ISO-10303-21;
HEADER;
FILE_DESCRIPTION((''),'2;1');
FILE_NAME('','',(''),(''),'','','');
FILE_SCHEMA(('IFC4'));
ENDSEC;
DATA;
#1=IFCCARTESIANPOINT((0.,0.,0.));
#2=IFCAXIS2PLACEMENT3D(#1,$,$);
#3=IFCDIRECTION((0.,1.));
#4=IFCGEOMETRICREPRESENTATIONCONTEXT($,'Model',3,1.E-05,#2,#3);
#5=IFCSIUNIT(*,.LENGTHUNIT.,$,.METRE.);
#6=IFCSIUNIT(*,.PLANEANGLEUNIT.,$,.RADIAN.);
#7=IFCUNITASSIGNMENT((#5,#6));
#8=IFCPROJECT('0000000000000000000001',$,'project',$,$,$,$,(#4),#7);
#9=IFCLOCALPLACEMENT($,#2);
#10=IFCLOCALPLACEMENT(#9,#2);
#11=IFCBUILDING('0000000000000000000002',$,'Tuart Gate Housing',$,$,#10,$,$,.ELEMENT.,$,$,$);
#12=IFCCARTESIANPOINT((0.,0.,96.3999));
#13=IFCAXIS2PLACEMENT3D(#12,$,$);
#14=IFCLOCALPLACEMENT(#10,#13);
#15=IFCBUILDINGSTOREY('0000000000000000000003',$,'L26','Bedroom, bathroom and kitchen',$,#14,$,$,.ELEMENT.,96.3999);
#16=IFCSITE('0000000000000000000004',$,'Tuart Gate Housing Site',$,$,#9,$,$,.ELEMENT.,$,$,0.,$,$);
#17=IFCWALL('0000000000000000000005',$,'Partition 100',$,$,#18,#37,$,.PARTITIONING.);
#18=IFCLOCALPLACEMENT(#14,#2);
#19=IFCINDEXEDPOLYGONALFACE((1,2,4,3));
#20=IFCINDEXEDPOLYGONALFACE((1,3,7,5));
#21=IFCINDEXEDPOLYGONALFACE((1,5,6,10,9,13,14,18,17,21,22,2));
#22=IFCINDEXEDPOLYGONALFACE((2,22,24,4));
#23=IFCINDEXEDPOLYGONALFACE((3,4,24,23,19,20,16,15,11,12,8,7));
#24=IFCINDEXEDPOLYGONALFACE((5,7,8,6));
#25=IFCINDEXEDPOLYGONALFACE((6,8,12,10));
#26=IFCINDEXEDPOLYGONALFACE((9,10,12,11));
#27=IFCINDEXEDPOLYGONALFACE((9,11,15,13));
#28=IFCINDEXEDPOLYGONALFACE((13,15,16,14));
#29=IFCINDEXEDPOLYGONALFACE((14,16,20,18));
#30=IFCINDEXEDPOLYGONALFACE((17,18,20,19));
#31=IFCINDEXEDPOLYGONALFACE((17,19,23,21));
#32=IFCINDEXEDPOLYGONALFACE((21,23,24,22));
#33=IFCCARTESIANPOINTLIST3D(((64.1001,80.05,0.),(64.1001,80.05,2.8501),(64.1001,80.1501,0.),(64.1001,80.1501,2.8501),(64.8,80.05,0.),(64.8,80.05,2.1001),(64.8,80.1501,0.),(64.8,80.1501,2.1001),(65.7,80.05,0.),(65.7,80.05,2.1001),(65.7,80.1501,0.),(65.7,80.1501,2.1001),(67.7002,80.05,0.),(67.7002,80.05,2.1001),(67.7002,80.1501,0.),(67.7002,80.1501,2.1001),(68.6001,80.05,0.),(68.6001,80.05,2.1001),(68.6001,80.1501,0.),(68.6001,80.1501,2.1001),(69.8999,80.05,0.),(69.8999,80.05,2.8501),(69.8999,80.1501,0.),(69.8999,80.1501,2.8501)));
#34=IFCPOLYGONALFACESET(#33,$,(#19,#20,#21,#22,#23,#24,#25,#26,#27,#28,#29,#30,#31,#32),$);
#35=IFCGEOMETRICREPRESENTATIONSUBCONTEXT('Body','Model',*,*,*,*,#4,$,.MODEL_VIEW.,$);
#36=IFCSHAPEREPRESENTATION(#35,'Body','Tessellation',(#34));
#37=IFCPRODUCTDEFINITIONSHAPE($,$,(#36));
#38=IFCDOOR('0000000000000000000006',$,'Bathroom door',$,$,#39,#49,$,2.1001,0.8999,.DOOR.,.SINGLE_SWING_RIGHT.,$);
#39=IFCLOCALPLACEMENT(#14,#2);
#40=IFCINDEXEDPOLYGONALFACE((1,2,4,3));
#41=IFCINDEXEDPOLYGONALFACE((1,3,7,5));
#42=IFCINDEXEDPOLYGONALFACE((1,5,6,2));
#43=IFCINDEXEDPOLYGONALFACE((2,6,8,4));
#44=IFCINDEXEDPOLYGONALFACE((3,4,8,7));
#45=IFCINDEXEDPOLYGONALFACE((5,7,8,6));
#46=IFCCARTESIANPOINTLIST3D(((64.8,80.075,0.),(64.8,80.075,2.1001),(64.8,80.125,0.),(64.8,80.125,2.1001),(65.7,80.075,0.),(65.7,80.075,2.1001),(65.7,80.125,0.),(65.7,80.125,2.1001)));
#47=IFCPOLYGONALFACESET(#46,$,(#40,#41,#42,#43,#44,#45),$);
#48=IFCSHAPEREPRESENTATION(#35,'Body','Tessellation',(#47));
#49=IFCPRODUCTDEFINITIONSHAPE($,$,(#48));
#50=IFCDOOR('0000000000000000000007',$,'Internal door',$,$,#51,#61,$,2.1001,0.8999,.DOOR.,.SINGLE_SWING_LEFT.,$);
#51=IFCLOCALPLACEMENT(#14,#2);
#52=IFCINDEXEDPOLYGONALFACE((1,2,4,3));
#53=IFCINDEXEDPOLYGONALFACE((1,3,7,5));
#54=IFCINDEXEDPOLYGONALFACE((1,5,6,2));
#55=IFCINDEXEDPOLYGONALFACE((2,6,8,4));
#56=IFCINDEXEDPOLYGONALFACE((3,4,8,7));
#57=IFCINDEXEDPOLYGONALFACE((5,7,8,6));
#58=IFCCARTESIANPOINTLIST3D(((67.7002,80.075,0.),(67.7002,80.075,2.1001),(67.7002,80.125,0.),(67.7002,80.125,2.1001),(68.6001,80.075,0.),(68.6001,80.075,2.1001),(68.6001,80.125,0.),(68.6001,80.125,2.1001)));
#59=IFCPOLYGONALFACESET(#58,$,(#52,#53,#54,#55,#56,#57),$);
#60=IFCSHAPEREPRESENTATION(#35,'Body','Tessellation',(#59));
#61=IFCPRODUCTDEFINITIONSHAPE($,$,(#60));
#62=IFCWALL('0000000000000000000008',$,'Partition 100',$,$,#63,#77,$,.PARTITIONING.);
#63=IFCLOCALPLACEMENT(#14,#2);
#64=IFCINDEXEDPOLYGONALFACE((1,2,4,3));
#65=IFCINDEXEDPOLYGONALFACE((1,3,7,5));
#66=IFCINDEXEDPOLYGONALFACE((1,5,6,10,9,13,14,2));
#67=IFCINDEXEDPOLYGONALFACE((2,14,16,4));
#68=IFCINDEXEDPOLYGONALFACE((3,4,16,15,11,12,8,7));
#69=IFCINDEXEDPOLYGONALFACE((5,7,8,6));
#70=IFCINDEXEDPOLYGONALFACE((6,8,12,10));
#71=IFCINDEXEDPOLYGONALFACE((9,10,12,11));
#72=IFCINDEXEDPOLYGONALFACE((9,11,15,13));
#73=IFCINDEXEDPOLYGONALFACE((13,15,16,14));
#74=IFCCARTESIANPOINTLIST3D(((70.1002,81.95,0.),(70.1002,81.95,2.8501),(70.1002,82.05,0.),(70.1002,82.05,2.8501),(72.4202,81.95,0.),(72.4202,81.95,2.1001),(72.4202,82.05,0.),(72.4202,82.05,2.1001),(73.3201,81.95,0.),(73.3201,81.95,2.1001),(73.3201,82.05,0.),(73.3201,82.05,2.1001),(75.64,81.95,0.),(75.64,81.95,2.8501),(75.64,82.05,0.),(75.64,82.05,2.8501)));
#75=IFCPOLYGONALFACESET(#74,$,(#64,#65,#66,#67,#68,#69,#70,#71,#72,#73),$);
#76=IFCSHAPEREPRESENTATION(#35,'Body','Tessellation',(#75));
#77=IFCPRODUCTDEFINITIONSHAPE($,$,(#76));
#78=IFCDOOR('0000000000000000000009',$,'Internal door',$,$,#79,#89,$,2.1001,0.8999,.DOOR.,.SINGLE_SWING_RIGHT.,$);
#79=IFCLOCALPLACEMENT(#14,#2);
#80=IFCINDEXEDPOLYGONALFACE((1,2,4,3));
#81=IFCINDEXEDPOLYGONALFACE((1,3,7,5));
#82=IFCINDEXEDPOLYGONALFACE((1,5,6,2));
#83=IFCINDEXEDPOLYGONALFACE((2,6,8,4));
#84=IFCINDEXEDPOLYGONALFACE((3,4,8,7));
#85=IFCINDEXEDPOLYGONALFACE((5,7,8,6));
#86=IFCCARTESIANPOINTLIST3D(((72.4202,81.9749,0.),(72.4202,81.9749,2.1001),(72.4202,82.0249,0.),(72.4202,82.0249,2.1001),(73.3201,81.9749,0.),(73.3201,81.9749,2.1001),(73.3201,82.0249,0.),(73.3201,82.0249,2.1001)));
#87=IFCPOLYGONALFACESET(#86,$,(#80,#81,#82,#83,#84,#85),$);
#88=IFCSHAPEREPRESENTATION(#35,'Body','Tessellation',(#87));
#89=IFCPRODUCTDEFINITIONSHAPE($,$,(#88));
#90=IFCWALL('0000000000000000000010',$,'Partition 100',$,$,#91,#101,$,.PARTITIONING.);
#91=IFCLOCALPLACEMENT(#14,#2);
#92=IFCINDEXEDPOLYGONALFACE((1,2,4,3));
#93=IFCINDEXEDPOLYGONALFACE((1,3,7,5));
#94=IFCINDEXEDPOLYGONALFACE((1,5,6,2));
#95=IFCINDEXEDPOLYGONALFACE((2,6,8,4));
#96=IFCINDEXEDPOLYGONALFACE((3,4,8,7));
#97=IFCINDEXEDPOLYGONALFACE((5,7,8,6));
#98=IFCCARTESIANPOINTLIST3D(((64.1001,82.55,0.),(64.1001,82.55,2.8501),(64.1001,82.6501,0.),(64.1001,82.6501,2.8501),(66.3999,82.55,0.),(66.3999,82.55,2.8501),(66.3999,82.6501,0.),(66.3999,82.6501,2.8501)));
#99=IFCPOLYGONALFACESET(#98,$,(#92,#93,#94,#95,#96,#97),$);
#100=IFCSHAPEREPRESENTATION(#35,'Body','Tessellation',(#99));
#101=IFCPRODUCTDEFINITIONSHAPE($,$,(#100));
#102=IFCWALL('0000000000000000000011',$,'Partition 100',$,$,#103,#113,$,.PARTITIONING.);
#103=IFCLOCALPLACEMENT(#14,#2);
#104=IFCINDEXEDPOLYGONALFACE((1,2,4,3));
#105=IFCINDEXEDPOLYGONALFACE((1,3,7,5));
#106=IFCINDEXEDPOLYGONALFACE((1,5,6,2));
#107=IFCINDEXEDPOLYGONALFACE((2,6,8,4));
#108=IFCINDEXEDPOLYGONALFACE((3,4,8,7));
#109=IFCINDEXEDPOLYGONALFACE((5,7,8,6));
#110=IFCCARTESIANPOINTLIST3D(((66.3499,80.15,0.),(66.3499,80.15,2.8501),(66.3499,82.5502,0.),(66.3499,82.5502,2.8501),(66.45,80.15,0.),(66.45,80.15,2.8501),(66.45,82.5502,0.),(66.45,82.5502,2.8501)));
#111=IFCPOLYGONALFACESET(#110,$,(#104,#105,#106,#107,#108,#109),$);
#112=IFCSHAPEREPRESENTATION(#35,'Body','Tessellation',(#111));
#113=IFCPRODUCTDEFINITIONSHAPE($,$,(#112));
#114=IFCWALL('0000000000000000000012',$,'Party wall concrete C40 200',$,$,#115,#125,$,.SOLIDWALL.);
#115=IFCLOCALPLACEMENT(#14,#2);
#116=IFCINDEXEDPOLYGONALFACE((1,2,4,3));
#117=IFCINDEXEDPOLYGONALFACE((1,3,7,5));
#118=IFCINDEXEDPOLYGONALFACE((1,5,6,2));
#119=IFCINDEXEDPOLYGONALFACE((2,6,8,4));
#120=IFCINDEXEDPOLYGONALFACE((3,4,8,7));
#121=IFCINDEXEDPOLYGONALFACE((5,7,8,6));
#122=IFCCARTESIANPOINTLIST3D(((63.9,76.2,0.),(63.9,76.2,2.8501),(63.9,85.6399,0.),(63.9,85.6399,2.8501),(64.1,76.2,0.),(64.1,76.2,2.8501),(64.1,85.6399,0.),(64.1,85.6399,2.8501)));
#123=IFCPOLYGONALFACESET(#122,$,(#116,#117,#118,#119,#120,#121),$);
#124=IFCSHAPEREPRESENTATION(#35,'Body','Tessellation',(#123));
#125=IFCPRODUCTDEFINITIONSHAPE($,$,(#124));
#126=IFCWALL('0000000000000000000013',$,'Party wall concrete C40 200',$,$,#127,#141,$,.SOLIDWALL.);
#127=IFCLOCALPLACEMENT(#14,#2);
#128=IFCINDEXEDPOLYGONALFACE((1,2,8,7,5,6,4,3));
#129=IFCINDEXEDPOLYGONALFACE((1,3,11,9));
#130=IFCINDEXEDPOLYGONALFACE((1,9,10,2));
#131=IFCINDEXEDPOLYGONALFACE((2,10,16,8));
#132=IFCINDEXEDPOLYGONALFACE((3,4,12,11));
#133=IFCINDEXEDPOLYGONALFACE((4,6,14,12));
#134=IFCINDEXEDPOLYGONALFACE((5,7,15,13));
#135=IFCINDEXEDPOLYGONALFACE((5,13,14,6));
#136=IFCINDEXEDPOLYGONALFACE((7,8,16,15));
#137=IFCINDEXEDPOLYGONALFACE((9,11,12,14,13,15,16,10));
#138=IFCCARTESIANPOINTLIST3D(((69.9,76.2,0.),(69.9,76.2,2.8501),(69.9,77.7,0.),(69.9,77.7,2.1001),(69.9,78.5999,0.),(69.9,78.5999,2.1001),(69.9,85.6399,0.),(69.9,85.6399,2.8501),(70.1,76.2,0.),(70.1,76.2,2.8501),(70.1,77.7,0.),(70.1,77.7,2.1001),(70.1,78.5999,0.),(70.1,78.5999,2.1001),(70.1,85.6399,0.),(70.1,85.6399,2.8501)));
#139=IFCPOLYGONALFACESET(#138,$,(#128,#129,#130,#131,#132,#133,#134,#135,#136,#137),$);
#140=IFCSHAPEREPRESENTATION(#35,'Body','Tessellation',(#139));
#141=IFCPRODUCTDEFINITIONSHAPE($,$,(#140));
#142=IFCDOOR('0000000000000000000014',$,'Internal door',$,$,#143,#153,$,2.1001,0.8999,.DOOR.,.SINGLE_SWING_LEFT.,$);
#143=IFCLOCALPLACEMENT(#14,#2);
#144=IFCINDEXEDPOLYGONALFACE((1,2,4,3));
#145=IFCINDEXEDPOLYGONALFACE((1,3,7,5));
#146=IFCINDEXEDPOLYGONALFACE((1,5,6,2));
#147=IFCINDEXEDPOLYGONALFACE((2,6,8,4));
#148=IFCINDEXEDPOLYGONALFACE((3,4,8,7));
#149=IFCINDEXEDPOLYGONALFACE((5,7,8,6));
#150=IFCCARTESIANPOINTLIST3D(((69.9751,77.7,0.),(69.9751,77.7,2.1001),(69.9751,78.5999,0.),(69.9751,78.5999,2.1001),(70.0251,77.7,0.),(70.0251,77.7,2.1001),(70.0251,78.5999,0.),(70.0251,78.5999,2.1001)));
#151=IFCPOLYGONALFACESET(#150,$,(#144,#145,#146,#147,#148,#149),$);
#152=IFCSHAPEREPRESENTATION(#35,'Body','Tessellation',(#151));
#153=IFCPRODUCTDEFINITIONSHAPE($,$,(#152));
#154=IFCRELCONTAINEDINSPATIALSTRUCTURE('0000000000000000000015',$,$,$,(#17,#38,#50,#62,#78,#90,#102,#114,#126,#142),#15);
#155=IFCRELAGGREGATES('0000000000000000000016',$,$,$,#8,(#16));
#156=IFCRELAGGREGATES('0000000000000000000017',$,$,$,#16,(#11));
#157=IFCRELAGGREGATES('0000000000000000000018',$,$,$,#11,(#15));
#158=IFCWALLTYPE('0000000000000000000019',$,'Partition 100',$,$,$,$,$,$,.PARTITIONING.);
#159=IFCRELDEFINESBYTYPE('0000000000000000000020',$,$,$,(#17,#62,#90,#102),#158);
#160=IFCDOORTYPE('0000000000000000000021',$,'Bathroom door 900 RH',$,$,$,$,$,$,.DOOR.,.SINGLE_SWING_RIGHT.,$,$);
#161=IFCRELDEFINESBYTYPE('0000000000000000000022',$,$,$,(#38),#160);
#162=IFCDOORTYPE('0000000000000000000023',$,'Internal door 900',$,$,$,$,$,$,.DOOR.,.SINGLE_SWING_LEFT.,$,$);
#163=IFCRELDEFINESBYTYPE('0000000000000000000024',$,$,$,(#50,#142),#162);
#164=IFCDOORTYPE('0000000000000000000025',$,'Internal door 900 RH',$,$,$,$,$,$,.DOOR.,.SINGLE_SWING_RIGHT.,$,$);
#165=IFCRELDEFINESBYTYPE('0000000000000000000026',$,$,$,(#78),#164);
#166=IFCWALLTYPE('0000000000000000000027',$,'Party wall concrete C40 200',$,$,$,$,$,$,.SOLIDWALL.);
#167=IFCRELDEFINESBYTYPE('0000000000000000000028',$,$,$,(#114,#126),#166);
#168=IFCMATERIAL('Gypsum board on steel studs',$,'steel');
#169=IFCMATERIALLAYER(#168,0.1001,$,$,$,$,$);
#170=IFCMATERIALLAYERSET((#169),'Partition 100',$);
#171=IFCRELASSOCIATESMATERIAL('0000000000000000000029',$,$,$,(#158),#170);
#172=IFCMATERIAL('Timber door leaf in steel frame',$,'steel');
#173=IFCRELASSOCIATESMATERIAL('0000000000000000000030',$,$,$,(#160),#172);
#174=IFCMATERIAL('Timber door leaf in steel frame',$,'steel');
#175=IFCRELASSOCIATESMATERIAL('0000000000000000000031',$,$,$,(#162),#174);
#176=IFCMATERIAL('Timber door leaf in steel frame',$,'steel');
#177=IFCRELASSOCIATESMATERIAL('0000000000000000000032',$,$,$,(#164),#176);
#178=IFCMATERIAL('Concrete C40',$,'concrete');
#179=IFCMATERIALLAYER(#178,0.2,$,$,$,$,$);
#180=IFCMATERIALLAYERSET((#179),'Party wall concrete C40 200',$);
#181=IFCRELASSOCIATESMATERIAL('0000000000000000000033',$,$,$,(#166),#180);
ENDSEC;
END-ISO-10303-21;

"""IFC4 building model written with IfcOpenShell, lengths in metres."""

from ifc_helpers import new_model, si_unit, direction, frame, frame_2d, origin, place, context, subcontext, project, spatial, rectangle, extrude, material, layer, layer_set, type_object, element, fill, save


model = new_model("IFC4")

# Units and contexts
model_context = context("Model", 3, precision=1e-05, world=origin(), true_north=direction((0.0, 1.0)))
body_context = subcontext(model_context, "Body", "Model", "MODEL_VIEW")
ifc_project = project(units=[si_unit("LENGTHUNIT", "METRE"), si_unit("PLANEANGLEUNIT", "RADIAN")], contexts=[model_context])

# Site, building, storey
site_placement = place(None, origin())
site = spatial("IfcSite", under=ifc_project, at=site_placement, Name="Tuart Gate Housing Site", CompositionType="ELEMENT", RefElevation=0.0)
building_placement = place(site_placement, origin())
building = spatial("IfcBuilding", under=site, at=building_placement, Name="Tuart Gate Housing", CompositionType="ELEMENT")
storey_placement = place(building_placement, frame((0.0, 0.0, 96.3999)))
storey = spatial("IfcBuildingStorey", under=building, at=storey_placement, Name="L26", Description="Bedroom, bathroom and kitchen", CompositionType="ELEMENT", Elevation=96.3999)

# Wall, openings, doors
ifc_material_1 = material(Name="Gypsum board on steel studs", Category="steel")
ifc_layer_1 = layer(ifc_material_1, 0.1001)
ifc_layer_set_1 = layer_set([ifc_layer_1], Name="Partition 100")
wall_type_1 = type_object("IfcWallType", Name="Partition 100", PredefinedType="PARTITIONING", material=ifc_layer_set_1)
wall_1_placement = place(storey_placement, frame((64.1001, 80.1001, 0.0), z_axis=(0.0, 0.0, 1.0), x_axis=(1.0, 0.0, 0.0)))
wall_1 = element("IfcWall", 1, at=wall_1_placement, inside=storey, type_object=wall_type_1, Name="Partition 100", PredefinedType="PARTITIONING", context=body_context, shape_type="SweptSolid", body=[
    extrude(rectangle(XDim=5.7998, YDim=0.1001, at=frame_2d((2.8999, 0.0))), origin(), (0.0, 0.0, 1.0), 2.8501),
])
opening_1_placement = place(wall_1_placement, frame((3.6001, 0.0, 0.0)))
opening_1 = element("IfcOpeningElement", 2, at=opening_1_placement, cuts=wall_1, PredefinedType="OPENING", context=body_context, shape_type="SweptSolid", body=[
    extrude(rectangle(XDim=0.8999, YDim=2.1001, at=frame_2d((0.45, 1.05))), frame((0.0, 0.0601, 0.0), z_axis=(0.0, -1.0, 0.0), x_axis=(1.0, 0.0, 0.0)), (0.0, 0.0, 1.0), 0.1201),
])
opening_2_placement = place(wall_1_placement, frame((0.7, 0.0, 0.0)))
opening_2 = element("IfcOpeningElement", 3, at=opening_2_placement, cuts=wall_1, PredefinedType="OPENING", context=body_context, shape_type="SweptSolid", body=[
    extrude(rectangle(XDim=0.8999, YDim=2.1001, at=frame_2d((0.45, 1.05))), frame((0.0, 0.0601, 0.0), z_axis=(0.0, -1.0, 0.0), x_axis=(1.0, 0.0, 0.0)), (0.0, 0.0, 1.0), 0.1201),
])
ifc_material_2 = material(Name="Timber door leaf in steel frame", Category="steel")
door_type_1 = type_object("IfcDoorType", Name="Bathroom door 900 RH", OperationType="SINGLE_SWING_RIGHT", PredefinedType="DOOR", material=ifc_material_2)
door_1_placement = place(opening_2_placement, origin())
door_1 = element("IfcDoor", 4, at=door_1_placement, inside=storey, type_object=door_type_1, Name="Bathroom door", OperationType="SINGLE_SWING_RIGHT", OverallHeight=2.1001, OverallWidth=0.8999, PredefinedType="DOOR", context=body_context, shape_type="SweptSolid", body=[
    extrude(rectangle(XDim=0.8999, YDim=2.1001, at=frame_2d((0.45, 1.05))), frame((0.0, 0.0249, 0.0), z_axis=(0.0, -1.0, 0.0), x_axis=(1.0, 0.0, 0.0)), (0.0, 0.0, 1.0), 0.05),
])
fill(opening_2, door_1)
ifc_material_3 = material(Name="Timber door leaf in steel frame", Category="steel")
door_type_2 = type_object("IfcDoorType", Name="Internal door 900", OperationType="SINGLE_SWING_LEFT", PredefinedType="DOOR", material=ifc_material_3)
door_2_placement = place(opening_1_placement, origin())
door_2 = element("IfcDoor", 5, at=door_2_placement, inside=storey, type_object=door_type_2, Name="Internal door", OperationType="SINGLE_SWING_LEFT", OverallHeight=2.1001, OverallWidth=0.8999, PredefinedType="DOOR", context=body_context, shape_type="SweptSolid", body=[
    extrude(rectangle(XDim=0.8999, YDim=2.1001, at=frame_2d((0.45, 1.05))), frame((0.0, 0.0249, 0.0), z_axis=(0.0, -1.0, 0.0), x_axis=(1.0, 0.0, 0.0)), (0.0, 0.0, 1.0), 0.05),
])
fill(opening_1, door_2)

# Wall, opening, door
wall_2_placement = place(storey_placement, frame((70.1001, 82.0, 0.0), z_axis=(0.0, 0.0, 1.0), x_axis=(1.0, 0.0, 0.0)))
wall_2 = element("IfcWall", 6, at=wall_2_placement, inside=storey, type_object=wall_type_1, Name="Partition 100", PredefinedType="PARTITIONING", context=body_context, shape_type="SweptSolid", body=[
    extrude(rectangle(XDim=5.5398, YDim=0.1001, at=frame_2d((2.77, 0.0))), origin(), (0.0, 0.0, 1.0), 2.8501),
])
opening_3_placement = place(wall_2_placement, frame((2.3201, 0.0, 0.0)))
opening_3 = element("IfcOpeningElement", 7, at=opening_3_placement, cuts=wall_2, PredefinedType="OPENING", context=body_context, shape_type="SweptSolid", body=[
    extrude(rectangle(XDim=0.8999, YDim=2.1001, at=frame_2d((0.45, 1.05))), frame((0.0, 0.0601, 0.0), z_axis=(0.0, -1.0, 0.0), x_axis=(1.0, 0.0, 0.0)), (0.0, 0.0, 1.0), 0.1201),
])
ifc_material_4 = material(Name="Timber door leaf in steel frame", Category="steel")
door_type_3 = type_object("IfcDoorType", Name="Internal door 900 RH", OperationType="SINGLE_SWING_RIGHT", PredefinedType="DOOR", material=ifc_material_4)
door_3_placement = place(opening_3_placement, origin())
door_3 = element("IfcDoor", 8, at=door_3_placement, inside=storey, type_object=door_type_3, Name="Internal door", OperationType="SINGLE_SWING_RIGHT", OverallHeight=2.1001, OverallWidth=0.8999, PredefinedType="DOOR", context=body_context, shape_type="SweptSolid", body=[
    extrude(rectangle(XDim=0.8999, YDim=2.1001, at=frame_2d((0.45, 1.05))), frame((0.0, 0.0249, 0.0), z_axis=(0.0, -1.0, 0.0), x_axis=(1.0, 0.0, 0.0)), (0.0, 0.0, 1.0), 0.05),
])
fill(opening_3, door_3)

# Walls
wall_3_placement = place(storey_placement, frame((64.1001, 82.6001, 0.0), z_axis=(0.0, 0.0, 1.0), x_axis=(1.0, 0.0, 0.0)))
element("IfcWall", 9, at=wall_3_placement, inside=storey, type_object=wall_type_1, Name="Partition 100", PredefinedType="PARTITIONING", context=body_context, shape_type="SweptSolid", body=[
    extrude(rectangle(XDim=2.2998, YDim=0.1001, at=frame_2d((1.1499, 0.0))), origin(), (0.0, 0.0, 1.0), 2.8501),
])
wall_4_placement = place(storey_placement, frame((66.3999, 80.1499, 0.0), z_axis=(0.0, 0.0, 1.0), x_axis=(0.0, 1.0, 0.0)))
element("IfcWall", 10, at=wall_4_placement, inside=storey, type_object=wall_type_1, Name="Partition 100", PredefinedType="PARTITIONING", context=body_context, shape_type="SweptSolid", body=[
    extrude(rectangle(XDim=2.4001, YDim=0.1001, at=frame_2d((1.2002, 0.0))), origin(), (0.0, 0.0, 1.0), 2.8501),
])
ifc_material_5 = material(Name="Concrete C40", Category="concrete")
ifc_layer_2 = layer(ifc_material_5, 0.2)
ifc_layer_set_2 = layer_set([ifc_layer_2], Name="Party wall concrete C40 200")
wall_type_2 = type_object("IfcWallType", Name="Party wall concrete C40 200", PredefinedType="SOLIDWALL", material=ifc_layer_set_2)
wall_5_placement = place(storey_placement, frame((64.0, 76.2, 0.0), z_axis=(0.0, 0.0, 1.0), x_axis=(0.0, 1.0, 0.0)))
element("IfcWall", 11, at=wall_5_placement, inside=storey, type_object=wall_type_2, Name="Party wall concrete C40 200", PredefinedType="SOLIDWALL", context=body_context, shape_type="SweptSolid", body=[
    extrude(rectangle(XDim=9.4399, YDim=0.2, at=frame_2d((4.72, 0.0))), origin(), (0.0, 0.0, 1.0), 2.8501),
])

# Wall, opening, door
wall_6_placement = place(storey_placement, frame((70.0, 76.2, 0.0), z_axis=(0.0, 0.0, 1.0), x_axis=(0.0, 1.0, 0.0)))
wall_6 = element("IfcWall", 12, at=wall_6_placement, inside=storey, type_object=wall_type_2, Name="Party wall concrete C40 200", PredefinedType="SOLIDWALL", context=body_context, shape_type="SweptSolid", body=[
    extrude(rectangle(XDim=9.4399, YDim=0.2, at=frame_2d((4.72, 0.0))), origin(), (0.0, 0.0, 1.0), 2.8501),
])
opening_4_placement = place(wall_6_placement, frame((1.5, 0.0, 0.0)))
opening_4 = element("IfcOpeningElement", 13, at=opening_4_placement, cuts=wall_6, PredefinedType="OPENING", context=body_context, shape_type="SweptSolid", body=[
    extrude(rectangle(XDim=0.8999, YDim=2.1001, at=frame_2d((0.45, 1.05))), frame((0.0, 0.1099, 0.0), z_axis=(0.0, -1.0, 0.0), x_axis=(1.0, 0.0, 0.0)), (0.0, 0.0, 1.0), 0.22),
])
door_4_placement = place(opening_4_placement, origin())
door_4 = element("IfcDoor", 14, at=door_4_placement, inside=storey, type_object=door_type_2, Name="Internal door", OperationType="SINGLE_SWING_LEFT", OverallHeight=2.1001, OverallWidth=0.8999, PredefinedType="DOOR", context=body_context, shape_type="SweptSolid", body=[
    extrude(rectangle(XDim=0.8999, YDim=2.1001, at=frame_2d((0.45, 1.05))), frame((0.0, 0.0249, 0.0), z_axis=(0.0, -1.0, 0.0), x_axis=(1.0, 0.0, 0.0)), (0.0, 0.0, 1.0), 0.05),
])
fill(opening_4, door_4)

save(model, "model.ifc")
